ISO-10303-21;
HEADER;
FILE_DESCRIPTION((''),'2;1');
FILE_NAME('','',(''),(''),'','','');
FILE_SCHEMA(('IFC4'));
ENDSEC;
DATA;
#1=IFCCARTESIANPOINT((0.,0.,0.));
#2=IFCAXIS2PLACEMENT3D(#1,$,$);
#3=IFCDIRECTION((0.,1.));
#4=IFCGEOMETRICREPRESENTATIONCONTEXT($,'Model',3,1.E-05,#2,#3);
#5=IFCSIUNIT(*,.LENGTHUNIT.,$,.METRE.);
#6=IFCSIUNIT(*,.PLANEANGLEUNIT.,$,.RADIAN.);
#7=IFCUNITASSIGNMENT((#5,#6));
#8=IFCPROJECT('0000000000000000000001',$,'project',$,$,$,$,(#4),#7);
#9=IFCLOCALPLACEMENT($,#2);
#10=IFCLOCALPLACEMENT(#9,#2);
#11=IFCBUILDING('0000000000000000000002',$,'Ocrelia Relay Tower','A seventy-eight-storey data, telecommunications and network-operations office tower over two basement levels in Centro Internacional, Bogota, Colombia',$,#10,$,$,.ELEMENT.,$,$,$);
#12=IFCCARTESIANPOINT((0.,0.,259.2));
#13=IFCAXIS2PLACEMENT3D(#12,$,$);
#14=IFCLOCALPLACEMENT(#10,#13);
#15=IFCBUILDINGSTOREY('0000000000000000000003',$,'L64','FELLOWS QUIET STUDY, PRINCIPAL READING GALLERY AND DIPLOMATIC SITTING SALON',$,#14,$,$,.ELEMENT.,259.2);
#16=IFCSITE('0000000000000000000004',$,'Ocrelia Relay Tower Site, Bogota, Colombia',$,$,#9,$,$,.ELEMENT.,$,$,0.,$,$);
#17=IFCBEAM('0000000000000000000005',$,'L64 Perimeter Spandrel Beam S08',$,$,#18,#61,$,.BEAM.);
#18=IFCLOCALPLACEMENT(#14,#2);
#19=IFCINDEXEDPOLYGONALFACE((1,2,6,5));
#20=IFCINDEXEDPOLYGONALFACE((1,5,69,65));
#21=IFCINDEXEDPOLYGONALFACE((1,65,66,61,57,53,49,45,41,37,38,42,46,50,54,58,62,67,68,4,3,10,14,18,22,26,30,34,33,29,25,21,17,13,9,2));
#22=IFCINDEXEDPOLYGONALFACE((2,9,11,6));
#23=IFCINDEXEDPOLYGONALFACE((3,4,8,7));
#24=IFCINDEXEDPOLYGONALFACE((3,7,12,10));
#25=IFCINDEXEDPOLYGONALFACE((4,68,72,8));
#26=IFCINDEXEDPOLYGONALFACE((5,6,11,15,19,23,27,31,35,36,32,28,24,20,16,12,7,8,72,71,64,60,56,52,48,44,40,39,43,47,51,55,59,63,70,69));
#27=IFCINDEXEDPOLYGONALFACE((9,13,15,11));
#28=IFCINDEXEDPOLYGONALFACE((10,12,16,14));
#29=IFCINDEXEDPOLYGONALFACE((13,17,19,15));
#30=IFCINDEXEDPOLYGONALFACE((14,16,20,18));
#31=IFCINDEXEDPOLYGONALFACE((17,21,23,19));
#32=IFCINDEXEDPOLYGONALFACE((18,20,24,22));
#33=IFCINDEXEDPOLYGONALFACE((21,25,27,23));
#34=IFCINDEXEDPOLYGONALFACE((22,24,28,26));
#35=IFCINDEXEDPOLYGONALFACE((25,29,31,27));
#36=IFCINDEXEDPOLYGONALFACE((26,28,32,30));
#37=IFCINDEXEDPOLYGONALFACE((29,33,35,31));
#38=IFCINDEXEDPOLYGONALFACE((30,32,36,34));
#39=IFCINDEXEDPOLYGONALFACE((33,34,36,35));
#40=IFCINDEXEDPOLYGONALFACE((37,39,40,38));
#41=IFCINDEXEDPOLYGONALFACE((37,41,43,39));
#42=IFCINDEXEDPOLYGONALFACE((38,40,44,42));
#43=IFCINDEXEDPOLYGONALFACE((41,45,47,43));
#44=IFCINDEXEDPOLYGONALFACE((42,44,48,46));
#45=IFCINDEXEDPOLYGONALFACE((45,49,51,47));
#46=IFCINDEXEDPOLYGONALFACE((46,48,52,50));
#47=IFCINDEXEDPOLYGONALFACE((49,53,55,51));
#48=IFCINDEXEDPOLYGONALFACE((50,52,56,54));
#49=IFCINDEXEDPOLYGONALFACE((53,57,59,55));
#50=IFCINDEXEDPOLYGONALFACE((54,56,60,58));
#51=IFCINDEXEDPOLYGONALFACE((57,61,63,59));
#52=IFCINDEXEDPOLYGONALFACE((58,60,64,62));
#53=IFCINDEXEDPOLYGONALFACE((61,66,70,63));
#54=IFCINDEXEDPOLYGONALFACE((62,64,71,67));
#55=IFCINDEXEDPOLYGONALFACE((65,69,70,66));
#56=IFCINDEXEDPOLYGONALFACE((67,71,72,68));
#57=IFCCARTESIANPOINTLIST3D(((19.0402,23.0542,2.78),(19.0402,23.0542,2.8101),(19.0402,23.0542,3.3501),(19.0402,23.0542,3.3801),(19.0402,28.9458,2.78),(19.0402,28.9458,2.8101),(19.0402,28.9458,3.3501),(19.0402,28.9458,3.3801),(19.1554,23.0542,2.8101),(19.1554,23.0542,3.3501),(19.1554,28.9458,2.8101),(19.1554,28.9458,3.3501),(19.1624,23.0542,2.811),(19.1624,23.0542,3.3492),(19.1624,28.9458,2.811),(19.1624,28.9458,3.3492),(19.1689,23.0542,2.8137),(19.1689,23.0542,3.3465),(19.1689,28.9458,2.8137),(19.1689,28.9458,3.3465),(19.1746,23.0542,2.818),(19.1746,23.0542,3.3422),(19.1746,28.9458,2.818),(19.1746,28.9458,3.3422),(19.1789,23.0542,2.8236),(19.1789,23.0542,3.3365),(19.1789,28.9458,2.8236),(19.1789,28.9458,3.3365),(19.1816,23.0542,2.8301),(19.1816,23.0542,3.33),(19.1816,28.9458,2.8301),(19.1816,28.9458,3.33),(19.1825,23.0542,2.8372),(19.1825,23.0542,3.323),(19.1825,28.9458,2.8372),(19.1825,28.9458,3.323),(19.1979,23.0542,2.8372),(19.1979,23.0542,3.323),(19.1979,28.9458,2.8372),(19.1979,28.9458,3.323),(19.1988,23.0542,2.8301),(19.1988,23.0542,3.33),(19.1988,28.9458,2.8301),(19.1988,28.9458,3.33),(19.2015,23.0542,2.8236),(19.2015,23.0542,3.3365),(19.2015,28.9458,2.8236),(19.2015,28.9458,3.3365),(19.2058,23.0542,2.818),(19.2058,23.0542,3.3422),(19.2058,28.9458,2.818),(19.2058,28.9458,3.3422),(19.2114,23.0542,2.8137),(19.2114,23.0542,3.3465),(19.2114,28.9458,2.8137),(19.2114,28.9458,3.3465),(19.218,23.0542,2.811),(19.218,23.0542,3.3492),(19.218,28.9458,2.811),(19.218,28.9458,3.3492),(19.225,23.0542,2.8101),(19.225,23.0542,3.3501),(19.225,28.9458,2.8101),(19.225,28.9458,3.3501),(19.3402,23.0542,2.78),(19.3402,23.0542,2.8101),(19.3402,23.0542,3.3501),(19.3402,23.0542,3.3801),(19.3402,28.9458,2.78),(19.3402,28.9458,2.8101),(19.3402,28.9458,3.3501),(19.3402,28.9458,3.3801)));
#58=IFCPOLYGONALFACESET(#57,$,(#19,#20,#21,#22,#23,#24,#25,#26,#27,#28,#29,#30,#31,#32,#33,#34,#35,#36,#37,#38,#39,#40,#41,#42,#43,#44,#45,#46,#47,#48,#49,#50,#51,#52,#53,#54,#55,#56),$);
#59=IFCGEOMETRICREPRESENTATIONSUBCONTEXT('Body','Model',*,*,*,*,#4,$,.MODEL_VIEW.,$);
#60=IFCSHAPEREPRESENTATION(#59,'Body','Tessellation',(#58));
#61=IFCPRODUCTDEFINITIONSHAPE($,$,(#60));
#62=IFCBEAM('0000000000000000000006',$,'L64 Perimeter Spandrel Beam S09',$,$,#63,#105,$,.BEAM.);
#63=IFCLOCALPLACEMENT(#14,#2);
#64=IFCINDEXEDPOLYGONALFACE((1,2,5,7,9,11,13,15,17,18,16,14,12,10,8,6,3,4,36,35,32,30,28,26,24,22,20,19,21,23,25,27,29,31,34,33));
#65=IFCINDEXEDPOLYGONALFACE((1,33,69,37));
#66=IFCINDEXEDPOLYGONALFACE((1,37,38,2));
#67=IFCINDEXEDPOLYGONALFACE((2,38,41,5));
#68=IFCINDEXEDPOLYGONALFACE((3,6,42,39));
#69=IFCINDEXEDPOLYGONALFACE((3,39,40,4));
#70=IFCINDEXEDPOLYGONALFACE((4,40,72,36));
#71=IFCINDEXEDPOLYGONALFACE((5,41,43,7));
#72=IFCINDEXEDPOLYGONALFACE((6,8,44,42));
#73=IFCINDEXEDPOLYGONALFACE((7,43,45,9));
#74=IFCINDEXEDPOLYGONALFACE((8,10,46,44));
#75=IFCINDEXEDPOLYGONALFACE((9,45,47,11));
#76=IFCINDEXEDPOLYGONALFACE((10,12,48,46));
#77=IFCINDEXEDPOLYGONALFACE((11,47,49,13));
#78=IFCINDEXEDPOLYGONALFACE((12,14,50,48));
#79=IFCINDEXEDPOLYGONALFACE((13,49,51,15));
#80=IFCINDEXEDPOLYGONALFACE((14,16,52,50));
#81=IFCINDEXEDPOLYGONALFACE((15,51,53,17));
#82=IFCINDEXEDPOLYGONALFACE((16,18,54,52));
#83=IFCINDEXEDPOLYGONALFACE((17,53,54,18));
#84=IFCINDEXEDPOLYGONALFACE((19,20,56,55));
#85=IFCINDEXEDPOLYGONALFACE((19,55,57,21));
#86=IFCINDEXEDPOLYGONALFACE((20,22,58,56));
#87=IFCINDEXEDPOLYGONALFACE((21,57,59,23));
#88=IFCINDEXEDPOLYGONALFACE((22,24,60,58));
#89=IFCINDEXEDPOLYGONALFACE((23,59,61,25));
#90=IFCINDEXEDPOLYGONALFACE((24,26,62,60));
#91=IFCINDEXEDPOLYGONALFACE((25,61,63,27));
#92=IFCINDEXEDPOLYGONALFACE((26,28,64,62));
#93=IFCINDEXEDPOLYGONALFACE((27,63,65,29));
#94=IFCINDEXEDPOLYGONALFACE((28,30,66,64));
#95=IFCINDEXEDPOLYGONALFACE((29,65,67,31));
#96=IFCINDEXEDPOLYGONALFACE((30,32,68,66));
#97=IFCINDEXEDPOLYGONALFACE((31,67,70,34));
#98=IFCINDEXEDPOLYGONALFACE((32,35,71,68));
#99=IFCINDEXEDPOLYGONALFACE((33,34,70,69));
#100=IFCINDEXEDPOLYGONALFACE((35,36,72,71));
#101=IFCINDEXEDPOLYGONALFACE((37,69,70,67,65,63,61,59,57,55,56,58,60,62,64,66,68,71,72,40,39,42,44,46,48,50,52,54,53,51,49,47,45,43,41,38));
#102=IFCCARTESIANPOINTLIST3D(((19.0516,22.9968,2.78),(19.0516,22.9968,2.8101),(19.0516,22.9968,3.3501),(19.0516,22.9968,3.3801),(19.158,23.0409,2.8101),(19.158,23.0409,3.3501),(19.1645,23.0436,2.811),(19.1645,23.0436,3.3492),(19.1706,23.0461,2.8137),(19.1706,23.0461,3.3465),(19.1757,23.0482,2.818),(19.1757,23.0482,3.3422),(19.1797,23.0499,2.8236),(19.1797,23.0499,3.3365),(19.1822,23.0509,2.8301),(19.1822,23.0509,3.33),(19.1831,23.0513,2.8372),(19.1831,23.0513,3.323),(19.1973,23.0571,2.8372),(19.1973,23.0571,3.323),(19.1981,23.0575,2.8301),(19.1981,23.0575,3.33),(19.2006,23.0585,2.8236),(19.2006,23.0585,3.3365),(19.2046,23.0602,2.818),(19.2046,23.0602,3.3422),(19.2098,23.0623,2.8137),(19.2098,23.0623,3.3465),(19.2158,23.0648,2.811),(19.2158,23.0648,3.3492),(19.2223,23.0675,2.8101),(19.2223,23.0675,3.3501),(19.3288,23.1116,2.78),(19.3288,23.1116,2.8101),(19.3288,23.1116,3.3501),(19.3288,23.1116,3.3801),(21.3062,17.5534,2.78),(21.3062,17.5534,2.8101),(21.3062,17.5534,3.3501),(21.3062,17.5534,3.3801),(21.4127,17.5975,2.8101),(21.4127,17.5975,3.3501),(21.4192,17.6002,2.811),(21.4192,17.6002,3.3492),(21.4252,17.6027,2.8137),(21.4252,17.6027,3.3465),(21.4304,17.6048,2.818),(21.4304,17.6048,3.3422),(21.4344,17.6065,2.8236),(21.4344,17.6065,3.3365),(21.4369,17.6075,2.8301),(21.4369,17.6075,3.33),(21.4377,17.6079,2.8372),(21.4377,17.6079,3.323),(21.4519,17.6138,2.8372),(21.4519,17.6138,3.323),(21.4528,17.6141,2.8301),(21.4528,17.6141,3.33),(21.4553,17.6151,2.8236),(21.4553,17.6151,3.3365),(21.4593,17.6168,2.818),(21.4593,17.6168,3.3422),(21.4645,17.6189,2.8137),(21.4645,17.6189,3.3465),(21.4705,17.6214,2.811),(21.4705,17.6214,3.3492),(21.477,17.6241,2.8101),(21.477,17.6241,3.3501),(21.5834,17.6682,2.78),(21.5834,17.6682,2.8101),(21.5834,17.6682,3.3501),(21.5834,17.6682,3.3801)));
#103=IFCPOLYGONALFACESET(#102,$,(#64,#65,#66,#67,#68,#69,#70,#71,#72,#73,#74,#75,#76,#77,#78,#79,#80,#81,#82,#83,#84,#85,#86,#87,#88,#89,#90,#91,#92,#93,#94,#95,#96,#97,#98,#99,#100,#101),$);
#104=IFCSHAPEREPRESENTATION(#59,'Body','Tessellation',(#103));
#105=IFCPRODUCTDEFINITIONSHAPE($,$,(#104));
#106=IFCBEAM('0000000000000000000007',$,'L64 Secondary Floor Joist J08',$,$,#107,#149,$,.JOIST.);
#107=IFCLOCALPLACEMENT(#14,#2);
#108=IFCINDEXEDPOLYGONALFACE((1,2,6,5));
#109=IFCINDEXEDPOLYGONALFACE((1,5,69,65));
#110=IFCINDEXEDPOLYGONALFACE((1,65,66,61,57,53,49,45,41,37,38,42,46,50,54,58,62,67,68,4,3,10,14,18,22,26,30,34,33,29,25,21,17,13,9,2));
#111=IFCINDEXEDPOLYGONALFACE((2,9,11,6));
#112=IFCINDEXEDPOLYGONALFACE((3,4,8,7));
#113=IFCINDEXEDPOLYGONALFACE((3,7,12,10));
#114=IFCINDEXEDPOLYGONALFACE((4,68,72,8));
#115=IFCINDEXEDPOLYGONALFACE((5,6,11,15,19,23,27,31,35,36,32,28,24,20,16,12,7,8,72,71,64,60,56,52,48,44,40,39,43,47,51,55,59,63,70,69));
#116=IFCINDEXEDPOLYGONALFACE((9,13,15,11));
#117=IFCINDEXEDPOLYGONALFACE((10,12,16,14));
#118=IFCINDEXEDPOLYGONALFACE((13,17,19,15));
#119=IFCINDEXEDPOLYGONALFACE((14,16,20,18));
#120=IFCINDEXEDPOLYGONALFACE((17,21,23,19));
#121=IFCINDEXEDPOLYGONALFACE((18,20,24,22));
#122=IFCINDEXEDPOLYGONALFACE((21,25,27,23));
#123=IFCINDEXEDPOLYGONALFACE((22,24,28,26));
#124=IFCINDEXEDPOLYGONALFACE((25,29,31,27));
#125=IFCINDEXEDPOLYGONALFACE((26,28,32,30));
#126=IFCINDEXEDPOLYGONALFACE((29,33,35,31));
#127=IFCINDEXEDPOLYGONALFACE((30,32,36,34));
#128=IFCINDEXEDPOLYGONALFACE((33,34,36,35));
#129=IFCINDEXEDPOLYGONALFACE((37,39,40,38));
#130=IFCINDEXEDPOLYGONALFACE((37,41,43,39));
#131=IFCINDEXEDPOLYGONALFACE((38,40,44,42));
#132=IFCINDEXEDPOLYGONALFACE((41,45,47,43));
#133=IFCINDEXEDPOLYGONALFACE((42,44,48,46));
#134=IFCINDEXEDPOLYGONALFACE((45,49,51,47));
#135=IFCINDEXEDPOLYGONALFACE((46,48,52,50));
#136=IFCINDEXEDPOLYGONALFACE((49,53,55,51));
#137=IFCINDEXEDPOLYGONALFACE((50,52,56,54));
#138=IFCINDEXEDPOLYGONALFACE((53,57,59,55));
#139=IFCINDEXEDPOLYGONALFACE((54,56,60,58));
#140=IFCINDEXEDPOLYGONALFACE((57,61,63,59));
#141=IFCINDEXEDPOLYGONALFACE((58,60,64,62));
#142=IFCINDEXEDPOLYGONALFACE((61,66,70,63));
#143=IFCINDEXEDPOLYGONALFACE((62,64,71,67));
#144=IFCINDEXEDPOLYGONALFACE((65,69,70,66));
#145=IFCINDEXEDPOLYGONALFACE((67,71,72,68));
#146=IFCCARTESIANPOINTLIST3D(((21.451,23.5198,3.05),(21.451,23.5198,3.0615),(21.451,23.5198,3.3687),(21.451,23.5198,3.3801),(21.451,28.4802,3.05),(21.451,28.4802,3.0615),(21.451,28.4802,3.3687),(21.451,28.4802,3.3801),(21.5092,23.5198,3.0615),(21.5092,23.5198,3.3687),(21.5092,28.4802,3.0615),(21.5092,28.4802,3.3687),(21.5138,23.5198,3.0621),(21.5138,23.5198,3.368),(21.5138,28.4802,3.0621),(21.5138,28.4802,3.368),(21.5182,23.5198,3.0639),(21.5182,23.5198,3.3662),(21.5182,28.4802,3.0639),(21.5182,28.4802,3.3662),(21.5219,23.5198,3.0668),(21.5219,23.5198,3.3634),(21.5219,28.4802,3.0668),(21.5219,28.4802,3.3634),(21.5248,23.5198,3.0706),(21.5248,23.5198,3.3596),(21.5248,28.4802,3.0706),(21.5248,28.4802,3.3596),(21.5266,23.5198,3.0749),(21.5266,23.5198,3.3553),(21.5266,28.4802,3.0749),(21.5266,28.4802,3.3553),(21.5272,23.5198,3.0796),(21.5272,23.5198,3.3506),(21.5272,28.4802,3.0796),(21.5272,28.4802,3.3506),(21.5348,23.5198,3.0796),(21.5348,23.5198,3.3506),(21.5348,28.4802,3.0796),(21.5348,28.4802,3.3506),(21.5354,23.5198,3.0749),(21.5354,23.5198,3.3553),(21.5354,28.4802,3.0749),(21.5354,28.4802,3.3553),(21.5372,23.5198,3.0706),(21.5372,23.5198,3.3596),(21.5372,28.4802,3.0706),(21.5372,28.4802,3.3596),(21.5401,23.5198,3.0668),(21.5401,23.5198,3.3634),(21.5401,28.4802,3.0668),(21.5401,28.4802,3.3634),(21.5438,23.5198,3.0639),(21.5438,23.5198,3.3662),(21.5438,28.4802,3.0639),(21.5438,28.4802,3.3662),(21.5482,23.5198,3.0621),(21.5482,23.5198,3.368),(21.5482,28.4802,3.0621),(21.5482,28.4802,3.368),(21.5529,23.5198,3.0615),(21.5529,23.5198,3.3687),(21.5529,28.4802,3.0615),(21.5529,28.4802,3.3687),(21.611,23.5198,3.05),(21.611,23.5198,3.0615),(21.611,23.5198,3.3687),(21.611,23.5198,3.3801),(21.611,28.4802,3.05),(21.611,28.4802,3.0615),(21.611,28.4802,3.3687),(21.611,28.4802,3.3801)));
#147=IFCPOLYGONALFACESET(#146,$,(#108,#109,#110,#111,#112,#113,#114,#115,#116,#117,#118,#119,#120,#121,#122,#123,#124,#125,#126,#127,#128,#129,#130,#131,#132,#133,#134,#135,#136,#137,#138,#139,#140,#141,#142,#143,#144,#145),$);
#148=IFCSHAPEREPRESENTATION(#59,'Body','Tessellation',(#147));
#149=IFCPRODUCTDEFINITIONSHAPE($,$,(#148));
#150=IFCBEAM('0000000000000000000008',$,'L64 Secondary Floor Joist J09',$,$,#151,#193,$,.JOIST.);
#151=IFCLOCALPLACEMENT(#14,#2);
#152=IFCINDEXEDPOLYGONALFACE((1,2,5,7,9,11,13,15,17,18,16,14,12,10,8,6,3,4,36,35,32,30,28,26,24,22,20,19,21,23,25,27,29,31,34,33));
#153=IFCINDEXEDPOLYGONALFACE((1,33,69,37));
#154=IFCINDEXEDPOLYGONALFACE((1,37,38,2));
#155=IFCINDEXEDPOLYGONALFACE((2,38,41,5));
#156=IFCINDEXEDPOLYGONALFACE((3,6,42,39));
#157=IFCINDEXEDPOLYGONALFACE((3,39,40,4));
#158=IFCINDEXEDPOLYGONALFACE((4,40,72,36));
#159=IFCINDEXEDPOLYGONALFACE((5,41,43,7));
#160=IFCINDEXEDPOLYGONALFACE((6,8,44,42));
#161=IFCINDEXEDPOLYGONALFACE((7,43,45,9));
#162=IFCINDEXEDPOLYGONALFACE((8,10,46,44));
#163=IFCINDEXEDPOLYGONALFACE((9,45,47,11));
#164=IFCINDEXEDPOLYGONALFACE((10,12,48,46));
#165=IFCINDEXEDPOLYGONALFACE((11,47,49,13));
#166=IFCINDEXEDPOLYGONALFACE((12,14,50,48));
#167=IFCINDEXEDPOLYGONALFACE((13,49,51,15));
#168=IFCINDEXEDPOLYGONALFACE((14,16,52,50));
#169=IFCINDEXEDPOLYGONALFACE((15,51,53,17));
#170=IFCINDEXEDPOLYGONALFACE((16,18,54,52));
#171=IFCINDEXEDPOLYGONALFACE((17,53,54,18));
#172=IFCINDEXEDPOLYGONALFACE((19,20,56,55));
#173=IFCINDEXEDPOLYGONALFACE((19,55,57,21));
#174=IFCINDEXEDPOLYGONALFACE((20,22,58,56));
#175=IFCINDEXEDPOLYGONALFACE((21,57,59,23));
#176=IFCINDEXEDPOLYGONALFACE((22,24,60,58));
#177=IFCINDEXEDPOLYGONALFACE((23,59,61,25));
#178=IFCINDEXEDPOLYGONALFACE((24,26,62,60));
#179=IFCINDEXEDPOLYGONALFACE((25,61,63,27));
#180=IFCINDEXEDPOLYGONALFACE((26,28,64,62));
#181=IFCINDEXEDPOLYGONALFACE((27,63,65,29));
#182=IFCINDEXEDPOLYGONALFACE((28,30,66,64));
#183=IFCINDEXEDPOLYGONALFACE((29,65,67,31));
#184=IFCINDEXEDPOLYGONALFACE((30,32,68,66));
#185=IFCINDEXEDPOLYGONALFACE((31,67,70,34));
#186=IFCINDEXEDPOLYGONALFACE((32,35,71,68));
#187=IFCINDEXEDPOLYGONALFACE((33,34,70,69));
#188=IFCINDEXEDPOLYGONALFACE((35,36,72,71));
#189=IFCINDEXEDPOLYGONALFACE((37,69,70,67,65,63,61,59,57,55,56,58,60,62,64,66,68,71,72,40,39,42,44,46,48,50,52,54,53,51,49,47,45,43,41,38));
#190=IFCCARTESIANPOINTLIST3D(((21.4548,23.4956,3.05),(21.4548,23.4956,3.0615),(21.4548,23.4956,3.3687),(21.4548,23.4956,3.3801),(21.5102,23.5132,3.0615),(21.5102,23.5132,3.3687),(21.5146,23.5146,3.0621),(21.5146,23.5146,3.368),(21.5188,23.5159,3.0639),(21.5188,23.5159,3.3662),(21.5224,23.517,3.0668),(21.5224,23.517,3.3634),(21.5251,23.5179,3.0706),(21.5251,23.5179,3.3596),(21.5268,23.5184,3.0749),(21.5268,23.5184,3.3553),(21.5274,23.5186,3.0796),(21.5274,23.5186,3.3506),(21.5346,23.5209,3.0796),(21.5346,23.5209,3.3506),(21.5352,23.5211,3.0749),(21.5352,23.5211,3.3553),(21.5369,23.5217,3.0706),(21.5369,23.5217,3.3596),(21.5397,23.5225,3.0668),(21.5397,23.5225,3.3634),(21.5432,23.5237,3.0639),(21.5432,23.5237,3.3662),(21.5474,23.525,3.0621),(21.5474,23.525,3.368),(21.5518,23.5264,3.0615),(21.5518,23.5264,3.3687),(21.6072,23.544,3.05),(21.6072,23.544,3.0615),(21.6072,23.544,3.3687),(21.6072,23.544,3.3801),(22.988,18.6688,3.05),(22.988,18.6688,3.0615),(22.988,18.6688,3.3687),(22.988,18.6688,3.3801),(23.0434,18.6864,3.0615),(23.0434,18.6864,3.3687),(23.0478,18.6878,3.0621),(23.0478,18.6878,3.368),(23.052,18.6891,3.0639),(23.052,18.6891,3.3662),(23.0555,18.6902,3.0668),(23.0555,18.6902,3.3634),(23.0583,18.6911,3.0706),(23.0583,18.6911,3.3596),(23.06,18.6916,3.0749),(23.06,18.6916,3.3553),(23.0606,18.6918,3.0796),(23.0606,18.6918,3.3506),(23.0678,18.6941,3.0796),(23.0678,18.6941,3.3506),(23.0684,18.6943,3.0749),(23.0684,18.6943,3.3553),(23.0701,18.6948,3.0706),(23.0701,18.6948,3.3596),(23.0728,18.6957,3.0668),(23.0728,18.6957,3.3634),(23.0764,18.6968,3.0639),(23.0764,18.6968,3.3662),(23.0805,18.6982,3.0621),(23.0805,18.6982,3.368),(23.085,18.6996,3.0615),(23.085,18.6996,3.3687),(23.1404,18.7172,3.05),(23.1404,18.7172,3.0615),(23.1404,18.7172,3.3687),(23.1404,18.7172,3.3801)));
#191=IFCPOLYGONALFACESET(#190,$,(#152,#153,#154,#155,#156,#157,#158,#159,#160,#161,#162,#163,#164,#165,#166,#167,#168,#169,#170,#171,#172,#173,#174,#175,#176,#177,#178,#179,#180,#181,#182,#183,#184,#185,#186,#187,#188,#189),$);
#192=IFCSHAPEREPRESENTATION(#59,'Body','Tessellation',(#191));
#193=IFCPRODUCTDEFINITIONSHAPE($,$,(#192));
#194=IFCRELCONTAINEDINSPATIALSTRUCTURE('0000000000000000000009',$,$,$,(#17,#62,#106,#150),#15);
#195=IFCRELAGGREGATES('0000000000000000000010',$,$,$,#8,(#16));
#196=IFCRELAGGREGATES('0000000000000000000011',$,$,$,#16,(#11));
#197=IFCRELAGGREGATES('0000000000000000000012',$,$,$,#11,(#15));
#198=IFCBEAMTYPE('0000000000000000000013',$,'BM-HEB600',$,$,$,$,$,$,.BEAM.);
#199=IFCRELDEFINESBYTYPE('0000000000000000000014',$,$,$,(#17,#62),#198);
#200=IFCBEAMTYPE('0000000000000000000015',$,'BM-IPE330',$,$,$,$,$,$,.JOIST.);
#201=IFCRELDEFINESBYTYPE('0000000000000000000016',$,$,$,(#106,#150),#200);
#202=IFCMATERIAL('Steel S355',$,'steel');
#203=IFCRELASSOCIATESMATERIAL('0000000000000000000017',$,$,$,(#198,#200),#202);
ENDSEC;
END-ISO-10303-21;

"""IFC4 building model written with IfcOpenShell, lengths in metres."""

from ifc_helpers import new_model, si_unit, direction, frame, origin, origin_2d, place, context, subcontext, project, spatial, i_section, extrude, material, material_profile, profile_set, type_object, element, save


model = new_model("IFC4")

# Units and contexts
model_context = context("Model", 3, precision=1e-05, world=origin(), true_north=direction((0.0, 1.0)))
body_context = subcontext(model_context, "Body", "Model", "MODEL_VIEW")
ifc_project = project(units=[si_unit("LENGTHUNIT", "METRE"), si_unit("PLANEANGLEUNIT", "RADIAN")], contexts=[model_context])

# Site, building, storey
site_placement = place(None, origin())
site = spatial("IfcSite", under=ifc_project, at=site_placement, Name="Ocrelia Relay Tower Site, Bogota, Colombia", CompositionType="ELEMENT", RefElevation=0.0)
building_placement = place(site_placement, origin())
building = spatial("IfcBuilding", under=site, at=building_placement, Name="Ocrelia Relay Tower", Description="A seventy-eight-storey data, telecommunications and network-operations office tower over two basement levels in Centro Internacional, Bogota, Colombia", CompositionType="ELEMENT")
storey_placement = place(building_placement, frame((0.0, 0.0, 259.2)))
storey = spatial("IfcBuildingStorey", under=building, at=storey_placement, Name="L64", Description="FELLOWS QUIET STUDY, PRINCIPAL READING GALLERY AND DIPLOMATIC SITTING SALON", CompositionType="ELEMENT", Elevation=259.2)

# Beams
ifc_material_1 = material(Name="Steel S355", Category="steel")
ifc_material_profile_1 = material_profile(ifc_material_1, i_section(OverallWidth=0.3, OverallDepth=0.6001, WebThickness=0.0154, FlangeThickness=0.03, FilletRadius=0.0271, at=origin_2d()), Name="HEB 600")
ifc_profile_set_1 = profile_set([ifc_material_profile_1], Name="Steel S355")
beam_type_1 = type_object("IfcBeamType", Name="BM-HEB600", PredefinedType="BEAM", material=ifc_profile_set_1)
beam_1_placement = place(storey_placement, frame((19.1902, 28.9458, 3.0801), z_axis=(0.0, -1.0, 0.0), x_axis=(1.0, 0.0, 0.0)))
element("IfcBeam", 1, at=beam_1_placement, inside=storey, type_object=beam_type_1, Name="L64 Perimeter Spandrel Beam S08", PredefinedType="BEAM", context=body_context, shape_type="SweptSolid", body=[
    extrude(i_section(OverallWidth=0.3, OverallDepth=0.6001, WebThickness=0.0154, FlangeThickness=0.03, FilletRadius=0.0271, at=origin_2d()), origin(), (0.0, 0.0, 1.0), 5.8916),
])
beam_2_placement = place(storey_placement, frame((19.1902, 23.0542, 3.0801), z_axis=(0.382673, -0.923884, 0.0), x_axis=(0.923884, 0.382673, 0.0)))
element("IfcBeam", 2, at=beam_2_placement, inside=storey, type_object=beam_type_1, Name="L64 Perimeter Spandrel Beam S09", PredefinedType="BEAM", context=body_context, shape_type="SweptSolid", body=[
    extrude(i_section(OverallWidth=0.3, OverallDepth=0.6001, WebThickness=0.0154, FlangeThickness=0.03, FilletRadius=0.0271, at=origin_2d()), origin(), (0.0, 0.0, 1.0), 5.8918),
])
ifc_material_profile_2 = material_profile(ifc_material_1, i_section(OverallWidth=0.1599, OverallDepth=0.3301, WebThickness=0.0076, FlangeThickness=0.0115, FilletRadius=0.0181, at=origin_2d()), Name="IPE 330")
ifc_profile_set_2 = profile_set([ifc_material_profile_2], Name="Steel S355")
beam_type_2 = type_object("IfcBeamType", Name="BM-IPE330", PredefinedType="JOIST", material=ifc_profile_set_2)
beam_3_placement = place(storey_placement, frame((21.531, 28.4802, 3.2151), z_axis=(0.0, -1.0, 0.0), x_axis=(1.0, 0.0, 0.0)))
element("IfcBeam", 3, at=beam_3_placement, inside=storey, type_object=beam_type_2, Name="L64 Secondary Floor Joist J08", PredefinedType="JOIST", context=body_context, shape_type="SweptSolid", body=[
    extrude(i_section(OverallWidth=0.1599, OverallDepth=0.3301, WebThickness=0.0076, FlangeThickness=0.0115, FilletRadius=0.0181, at=origin_2d()), origin(), (0.0, 0.0, 1.0), 4.9604),
])
beam_4_placement = place(storey_placement, frame((21.531, 23.5198, 3.2151), z_axis=(0.302732, -0.953076, 0.0), x_axis=(0.953076, 0.302732, 0.0)))
element("IfcBeam", 4, at=beam_4_placement, inside=storey, type_object=beam_type_2, Name="L64 Secondary Floor Joist J09", PredefinedType="JOIST", context=body_context, shape_type="SweptSolid", body=[
    extrude(i_section(OverallWidth=0.1599, OverallDepth=0.3301, WebThickness=0.0076, FlangeThickness=0.0115, FilletRadius=0.0181, at=origin_2d()), origin(), (0.0, 0.0, 1.0), 5.0645),
])

save(model, "model.ifc")
